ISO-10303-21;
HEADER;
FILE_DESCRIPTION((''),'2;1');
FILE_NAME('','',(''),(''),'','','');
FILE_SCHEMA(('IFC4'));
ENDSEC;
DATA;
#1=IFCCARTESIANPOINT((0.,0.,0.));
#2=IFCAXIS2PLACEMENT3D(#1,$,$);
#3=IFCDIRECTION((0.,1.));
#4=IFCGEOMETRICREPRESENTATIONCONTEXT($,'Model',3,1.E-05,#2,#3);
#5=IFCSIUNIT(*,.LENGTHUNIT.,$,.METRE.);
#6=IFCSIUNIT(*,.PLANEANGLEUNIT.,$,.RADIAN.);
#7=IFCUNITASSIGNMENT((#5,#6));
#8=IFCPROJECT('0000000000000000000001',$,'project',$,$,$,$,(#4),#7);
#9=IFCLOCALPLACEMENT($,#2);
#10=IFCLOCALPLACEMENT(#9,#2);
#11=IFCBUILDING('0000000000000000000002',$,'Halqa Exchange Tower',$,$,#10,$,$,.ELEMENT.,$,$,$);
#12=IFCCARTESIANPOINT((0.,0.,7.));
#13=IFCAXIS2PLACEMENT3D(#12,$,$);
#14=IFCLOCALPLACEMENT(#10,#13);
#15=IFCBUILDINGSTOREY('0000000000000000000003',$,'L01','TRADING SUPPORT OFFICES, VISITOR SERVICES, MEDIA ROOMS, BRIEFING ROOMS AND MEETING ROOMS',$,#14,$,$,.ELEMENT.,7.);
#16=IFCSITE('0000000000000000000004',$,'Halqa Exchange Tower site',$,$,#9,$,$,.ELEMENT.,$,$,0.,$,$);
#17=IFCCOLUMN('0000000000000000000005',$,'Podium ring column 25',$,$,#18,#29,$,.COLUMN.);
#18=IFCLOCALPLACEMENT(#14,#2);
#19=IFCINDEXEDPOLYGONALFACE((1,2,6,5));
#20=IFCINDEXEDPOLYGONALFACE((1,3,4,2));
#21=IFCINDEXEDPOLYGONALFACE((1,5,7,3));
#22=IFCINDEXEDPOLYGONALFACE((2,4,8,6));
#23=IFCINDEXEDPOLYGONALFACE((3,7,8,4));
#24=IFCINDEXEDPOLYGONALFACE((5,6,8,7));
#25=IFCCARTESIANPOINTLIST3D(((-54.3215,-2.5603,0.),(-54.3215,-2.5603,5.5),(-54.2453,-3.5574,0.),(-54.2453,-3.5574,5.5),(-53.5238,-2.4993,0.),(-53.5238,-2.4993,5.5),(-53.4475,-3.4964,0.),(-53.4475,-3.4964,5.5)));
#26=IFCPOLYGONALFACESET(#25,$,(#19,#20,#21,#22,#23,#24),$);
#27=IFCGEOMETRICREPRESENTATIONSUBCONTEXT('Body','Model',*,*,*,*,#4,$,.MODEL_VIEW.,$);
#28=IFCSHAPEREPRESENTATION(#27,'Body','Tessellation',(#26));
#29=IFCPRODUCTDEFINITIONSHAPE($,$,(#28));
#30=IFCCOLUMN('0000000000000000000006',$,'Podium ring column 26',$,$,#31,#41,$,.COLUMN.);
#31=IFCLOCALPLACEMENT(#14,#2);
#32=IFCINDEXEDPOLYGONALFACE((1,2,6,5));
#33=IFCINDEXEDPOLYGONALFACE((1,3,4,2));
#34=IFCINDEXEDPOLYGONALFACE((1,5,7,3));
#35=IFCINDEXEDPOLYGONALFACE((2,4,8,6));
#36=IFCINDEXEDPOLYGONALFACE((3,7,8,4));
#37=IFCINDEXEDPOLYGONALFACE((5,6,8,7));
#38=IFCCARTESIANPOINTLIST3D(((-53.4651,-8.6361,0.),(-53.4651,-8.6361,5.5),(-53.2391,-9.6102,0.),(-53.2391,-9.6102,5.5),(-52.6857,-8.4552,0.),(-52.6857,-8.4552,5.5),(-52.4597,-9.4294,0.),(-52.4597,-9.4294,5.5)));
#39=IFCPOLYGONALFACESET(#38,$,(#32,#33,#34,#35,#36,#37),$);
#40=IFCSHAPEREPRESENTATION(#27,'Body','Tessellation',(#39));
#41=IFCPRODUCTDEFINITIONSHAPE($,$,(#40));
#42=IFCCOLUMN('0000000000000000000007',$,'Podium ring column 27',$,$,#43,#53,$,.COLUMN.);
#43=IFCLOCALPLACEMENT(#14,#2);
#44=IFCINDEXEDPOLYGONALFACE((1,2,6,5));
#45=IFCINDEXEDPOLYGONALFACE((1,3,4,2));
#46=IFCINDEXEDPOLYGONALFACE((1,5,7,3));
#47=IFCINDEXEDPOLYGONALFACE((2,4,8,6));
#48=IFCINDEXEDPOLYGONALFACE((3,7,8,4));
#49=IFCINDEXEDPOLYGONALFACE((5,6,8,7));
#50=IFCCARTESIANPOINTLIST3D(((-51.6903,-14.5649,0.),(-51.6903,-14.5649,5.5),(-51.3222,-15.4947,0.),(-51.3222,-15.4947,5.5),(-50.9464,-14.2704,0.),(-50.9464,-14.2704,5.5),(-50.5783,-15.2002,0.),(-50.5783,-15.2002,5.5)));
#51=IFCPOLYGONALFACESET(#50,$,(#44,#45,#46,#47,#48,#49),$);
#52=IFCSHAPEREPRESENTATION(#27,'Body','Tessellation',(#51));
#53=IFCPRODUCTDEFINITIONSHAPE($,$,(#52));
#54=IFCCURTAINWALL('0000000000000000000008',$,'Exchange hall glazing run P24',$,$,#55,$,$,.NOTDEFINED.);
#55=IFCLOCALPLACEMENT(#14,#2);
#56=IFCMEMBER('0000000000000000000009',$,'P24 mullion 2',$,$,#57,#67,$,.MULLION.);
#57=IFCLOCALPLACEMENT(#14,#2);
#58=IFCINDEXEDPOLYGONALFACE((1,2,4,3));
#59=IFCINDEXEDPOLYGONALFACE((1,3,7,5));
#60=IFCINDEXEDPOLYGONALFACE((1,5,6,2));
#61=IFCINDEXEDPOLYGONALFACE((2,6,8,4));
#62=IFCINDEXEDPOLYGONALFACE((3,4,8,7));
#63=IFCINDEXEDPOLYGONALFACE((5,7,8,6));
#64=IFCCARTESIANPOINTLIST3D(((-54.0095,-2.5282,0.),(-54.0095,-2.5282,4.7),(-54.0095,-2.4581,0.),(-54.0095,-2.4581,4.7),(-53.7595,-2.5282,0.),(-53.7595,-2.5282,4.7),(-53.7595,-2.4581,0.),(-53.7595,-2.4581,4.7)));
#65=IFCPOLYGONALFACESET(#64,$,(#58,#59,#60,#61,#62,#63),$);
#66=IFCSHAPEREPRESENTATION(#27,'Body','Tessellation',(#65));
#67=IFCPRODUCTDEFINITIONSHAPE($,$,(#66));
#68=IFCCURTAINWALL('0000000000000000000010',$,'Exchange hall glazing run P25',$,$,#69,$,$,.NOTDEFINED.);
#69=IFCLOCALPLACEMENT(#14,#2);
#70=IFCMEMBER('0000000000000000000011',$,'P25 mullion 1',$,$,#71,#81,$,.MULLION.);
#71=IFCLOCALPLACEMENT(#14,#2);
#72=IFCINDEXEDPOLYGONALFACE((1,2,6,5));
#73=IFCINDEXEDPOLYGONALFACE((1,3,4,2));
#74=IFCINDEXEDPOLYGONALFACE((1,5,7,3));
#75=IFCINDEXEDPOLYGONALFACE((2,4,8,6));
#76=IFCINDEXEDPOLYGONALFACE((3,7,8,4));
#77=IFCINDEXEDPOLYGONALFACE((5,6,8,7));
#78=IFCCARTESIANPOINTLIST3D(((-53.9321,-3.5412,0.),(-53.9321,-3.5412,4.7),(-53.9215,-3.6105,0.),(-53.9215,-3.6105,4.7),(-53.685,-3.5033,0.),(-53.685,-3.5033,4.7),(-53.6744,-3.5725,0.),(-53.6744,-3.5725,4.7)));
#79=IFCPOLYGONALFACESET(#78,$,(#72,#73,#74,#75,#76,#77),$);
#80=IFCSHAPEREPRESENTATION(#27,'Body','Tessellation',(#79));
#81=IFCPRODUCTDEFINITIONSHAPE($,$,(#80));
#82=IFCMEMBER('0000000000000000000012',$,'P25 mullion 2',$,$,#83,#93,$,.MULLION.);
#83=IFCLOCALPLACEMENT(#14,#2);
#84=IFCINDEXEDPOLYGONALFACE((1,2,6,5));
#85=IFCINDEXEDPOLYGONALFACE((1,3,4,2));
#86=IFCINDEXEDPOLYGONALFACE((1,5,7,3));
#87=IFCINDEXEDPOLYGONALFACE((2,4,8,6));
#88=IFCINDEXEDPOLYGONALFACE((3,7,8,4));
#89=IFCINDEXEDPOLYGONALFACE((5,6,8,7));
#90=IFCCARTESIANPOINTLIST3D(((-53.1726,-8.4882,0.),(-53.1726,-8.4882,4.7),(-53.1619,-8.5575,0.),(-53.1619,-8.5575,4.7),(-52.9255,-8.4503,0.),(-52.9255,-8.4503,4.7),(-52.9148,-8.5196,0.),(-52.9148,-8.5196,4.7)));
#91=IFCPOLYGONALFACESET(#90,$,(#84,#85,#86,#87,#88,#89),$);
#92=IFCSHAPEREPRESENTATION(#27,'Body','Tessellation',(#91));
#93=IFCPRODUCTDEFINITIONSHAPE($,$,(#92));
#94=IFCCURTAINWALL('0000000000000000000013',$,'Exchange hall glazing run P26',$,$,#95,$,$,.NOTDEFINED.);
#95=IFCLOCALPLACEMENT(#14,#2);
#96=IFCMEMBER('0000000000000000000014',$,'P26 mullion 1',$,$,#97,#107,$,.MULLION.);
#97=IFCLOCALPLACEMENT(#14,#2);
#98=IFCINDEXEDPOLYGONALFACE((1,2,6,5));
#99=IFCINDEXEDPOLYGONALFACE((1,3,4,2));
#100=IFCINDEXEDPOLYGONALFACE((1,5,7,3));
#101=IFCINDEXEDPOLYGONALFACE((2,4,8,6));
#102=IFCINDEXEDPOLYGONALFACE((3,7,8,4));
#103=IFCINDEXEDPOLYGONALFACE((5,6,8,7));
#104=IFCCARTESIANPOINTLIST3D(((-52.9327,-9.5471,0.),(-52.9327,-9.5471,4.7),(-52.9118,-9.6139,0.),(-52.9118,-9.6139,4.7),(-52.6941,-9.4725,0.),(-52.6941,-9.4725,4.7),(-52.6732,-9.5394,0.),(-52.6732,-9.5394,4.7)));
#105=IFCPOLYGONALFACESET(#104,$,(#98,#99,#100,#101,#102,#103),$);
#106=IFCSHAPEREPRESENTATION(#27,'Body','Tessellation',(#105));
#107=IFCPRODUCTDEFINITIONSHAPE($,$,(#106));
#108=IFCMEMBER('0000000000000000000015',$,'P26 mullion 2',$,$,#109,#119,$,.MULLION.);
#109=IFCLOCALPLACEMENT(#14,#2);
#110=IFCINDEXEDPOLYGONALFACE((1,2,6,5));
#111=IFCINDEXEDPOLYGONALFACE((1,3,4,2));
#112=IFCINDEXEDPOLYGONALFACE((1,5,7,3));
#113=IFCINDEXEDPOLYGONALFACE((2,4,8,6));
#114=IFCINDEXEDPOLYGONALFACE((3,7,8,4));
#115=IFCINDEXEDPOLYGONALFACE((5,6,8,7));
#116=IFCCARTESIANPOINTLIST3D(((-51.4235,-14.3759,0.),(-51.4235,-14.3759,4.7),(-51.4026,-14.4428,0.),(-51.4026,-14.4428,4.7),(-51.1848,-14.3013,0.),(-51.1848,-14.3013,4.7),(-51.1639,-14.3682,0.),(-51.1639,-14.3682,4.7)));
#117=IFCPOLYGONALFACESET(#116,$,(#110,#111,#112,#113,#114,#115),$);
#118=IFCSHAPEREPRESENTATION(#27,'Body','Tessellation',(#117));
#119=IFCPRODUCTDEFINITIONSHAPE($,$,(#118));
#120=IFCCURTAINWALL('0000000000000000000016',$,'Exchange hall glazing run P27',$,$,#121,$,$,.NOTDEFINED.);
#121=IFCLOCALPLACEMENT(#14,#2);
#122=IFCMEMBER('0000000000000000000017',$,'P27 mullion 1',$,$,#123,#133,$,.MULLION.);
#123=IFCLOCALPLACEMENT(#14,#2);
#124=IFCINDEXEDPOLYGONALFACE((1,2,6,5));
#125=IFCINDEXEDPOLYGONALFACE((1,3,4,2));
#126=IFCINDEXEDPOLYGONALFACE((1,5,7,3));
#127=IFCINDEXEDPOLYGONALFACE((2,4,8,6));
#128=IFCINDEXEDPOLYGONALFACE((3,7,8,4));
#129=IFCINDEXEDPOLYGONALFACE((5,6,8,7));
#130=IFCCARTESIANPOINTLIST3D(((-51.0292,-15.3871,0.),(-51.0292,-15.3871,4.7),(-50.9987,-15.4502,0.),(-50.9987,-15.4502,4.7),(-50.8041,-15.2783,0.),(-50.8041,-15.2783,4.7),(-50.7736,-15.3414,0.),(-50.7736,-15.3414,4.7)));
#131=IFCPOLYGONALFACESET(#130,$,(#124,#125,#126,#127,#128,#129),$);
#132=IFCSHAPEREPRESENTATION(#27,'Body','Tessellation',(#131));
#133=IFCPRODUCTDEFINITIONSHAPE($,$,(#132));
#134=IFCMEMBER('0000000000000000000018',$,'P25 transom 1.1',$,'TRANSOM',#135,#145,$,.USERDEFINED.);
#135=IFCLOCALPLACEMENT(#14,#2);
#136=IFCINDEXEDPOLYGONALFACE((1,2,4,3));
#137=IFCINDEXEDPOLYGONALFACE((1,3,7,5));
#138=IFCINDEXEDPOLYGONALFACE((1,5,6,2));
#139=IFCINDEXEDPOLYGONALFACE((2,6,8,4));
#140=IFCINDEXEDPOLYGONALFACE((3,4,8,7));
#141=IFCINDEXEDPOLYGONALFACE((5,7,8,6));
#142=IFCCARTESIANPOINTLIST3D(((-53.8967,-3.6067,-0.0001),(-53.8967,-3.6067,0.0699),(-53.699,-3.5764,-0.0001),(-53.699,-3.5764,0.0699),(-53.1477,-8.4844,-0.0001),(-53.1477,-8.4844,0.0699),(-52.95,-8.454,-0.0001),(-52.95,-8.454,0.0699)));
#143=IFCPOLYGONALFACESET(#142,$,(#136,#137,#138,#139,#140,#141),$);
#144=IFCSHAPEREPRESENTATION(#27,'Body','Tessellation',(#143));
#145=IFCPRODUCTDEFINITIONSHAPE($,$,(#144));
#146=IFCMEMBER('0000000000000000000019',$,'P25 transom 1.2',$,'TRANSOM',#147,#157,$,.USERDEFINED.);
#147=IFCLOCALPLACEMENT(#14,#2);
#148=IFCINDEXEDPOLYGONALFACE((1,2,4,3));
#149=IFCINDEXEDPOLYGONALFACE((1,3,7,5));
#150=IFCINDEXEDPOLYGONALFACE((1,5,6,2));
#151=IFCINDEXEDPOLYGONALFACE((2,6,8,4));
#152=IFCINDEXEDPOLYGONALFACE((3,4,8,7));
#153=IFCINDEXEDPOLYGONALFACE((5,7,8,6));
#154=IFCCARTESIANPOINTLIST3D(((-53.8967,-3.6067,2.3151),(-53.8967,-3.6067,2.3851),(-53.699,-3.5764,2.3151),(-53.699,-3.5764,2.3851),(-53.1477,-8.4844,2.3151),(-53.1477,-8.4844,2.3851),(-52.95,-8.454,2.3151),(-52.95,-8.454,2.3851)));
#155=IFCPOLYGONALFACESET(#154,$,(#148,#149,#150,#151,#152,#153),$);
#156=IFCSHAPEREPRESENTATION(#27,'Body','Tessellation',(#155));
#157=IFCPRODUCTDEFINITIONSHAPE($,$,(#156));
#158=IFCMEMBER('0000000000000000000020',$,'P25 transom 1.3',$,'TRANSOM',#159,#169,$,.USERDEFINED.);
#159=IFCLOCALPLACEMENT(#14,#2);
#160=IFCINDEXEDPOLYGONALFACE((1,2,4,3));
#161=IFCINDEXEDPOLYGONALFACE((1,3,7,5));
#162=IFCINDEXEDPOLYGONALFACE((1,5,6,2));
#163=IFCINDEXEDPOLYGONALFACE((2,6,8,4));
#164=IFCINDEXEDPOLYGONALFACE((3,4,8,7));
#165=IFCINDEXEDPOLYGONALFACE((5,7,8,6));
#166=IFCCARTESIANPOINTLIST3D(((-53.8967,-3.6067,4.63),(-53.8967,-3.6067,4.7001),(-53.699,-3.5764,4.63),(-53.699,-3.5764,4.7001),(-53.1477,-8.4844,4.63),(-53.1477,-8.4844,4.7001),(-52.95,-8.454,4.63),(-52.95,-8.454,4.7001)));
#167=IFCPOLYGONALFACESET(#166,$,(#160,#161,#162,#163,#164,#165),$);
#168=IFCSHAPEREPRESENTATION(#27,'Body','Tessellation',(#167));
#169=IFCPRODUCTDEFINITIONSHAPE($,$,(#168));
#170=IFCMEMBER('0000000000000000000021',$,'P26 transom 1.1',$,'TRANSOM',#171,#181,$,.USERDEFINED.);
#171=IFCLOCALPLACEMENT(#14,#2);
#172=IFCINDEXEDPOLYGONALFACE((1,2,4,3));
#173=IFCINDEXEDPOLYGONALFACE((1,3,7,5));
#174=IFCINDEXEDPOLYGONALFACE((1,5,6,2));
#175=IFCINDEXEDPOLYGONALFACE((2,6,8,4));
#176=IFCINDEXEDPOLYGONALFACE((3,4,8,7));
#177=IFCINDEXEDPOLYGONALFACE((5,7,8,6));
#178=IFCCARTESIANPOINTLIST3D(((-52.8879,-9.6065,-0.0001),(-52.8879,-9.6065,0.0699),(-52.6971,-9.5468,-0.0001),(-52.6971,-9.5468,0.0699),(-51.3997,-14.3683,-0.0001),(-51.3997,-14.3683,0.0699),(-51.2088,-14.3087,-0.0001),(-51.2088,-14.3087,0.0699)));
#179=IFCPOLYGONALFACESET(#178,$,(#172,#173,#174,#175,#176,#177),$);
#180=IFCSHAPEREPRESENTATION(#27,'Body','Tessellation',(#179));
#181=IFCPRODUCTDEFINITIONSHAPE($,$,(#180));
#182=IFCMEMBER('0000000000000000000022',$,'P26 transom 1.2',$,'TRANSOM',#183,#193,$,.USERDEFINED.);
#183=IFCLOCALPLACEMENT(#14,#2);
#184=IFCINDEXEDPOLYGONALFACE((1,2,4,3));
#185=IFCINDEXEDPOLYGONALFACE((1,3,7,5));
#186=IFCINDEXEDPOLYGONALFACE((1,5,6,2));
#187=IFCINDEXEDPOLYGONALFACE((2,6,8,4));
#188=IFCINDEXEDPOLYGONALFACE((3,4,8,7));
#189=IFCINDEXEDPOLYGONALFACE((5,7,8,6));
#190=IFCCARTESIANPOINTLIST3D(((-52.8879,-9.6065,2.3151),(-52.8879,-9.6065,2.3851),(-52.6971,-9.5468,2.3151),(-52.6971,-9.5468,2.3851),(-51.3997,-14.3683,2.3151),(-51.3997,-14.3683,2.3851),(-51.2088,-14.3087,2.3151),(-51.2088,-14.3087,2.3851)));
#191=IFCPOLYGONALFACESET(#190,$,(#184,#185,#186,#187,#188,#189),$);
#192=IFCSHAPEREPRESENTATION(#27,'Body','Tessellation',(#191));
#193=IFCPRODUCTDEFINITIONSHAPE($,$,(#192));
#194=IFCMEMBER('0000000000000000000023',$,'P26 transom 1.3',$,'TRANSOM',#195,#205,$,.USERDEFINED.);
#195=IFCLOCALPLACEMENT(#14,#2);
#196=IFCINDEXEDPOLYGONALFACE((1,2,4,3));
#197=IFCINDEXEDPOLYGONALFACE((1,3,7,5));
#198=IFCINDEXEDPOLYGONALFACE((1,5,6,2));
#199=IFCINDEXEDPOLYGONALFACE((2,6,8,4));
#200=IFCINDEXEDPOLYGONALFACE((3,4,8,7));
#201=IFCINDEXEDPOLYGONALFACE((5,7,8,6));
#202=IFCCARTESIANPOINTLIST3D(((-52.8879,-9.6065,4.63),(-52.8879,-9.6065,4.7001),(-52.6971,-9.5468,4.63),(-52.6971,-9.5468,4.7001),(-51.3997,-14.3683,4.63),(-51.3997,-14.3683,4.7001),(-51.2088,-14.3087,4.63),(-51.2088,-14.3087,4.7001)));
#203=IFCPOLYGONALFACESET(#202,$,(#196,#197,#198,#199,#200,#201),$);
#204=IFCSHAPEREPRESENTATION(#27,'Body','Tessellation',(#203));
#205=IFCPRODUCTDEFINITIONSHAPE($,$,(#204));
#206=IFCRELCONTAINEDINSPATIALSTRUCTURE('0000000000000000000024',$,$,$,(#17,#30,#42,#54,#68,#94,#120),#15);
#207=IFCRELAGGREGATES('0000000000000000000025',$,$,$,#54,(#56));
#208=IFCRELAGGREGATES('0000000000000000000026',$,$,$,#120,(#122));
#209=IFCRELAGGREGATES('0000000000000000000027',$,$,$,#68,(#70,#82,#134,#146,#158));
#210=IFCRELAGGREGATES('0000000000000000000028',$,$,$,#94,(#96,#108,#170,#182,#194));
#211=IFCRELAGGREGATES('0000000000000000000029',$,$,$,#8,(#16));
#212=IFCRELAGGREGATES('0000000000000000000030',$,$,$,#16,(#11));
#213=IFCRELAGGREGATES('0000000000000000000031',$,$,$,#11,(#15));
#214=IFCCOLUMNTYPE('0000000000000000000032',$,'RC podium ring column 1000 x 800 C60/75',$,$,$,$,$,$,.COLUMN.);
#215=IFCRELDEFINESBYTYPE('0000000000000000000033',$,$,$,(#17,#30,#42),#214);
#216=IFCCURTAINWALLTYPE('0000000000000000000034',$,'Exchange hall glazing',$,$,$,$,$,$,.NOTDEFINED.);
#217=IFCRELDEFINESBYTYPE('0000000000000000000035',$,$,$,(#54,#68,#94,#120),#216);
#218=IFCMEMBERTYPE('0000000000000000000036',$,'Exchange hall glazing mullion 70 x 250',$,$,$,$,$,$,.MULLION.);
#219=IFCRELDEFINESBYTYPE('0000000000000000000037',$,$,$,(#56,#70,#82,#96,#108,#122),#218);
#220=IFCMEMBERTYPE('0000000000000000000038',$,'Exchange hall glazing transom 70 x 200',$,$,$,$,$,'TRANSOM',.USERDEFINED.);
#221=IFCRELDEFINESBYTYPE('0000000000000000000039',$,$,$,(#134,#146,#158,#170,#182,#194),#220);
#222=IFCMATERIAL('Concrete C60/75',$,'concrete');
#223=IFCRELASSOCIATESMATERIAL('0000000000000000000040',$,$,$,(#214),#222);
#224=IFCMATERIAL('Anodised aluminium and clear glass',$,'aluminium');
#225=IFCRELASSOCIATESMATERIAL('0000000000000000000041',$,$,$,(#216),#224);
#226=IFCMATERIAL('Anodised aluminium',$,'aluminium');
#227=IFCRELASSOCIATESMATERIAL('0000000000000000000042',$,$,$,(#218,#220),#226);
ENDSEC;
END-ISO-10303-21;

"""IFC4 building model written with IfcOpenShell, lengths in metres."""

from ifc_helpers import new_model, si_unit, direction, frame, origin, origin_2d, place, context, subcontext, project, spatial, rectangle, extrude, material, material_profile, profile_set, type_object, element, aggregate, save


model = new_model("IFC4")

# Units and contexts
model_context = context("Model", 3, precision=1e-05, world=origin(), true_north=direction((0.0, 1.0)))
body_context = subcontext(model_context, "Body", "Model", "MODEL_VIEW")
ifc_project = project(units=[si_unit("LENGTHUNIT", "METRE"), si_unit("PLANEANGLEUNIT", "RADIAN")], contexts=[model_context])

# Site, building, storey
site_placement = place(None, origin())
site = spatial("IfcSite", under=ifc_project, at=site_placement, Name="Halqa Exchange Tower site", CompositionType="ELEMENT", RefElevation=0.0)
building_placement = place(site_placement, origin())
building = spatial("IfcBuilding", under=site, at=building_placement, Name="Halqa Exchange Tower", CompositionType="ELEMENT")
storey_placement = place(building_placement, frame((0.0, 0.0, 7.0)))
storey = spatial("IfcBuildingStorey", under=building, at=storey_placement, Name="L01", Description="TRADING SUPPORT OFFICES, VISITOR SERVICES, MEDIA ROOMS, BRIEFING ROOMS AND MEETING ROOMS", CompositionType="ELEMENT", Elevation=7.0)

# Columns
ifc_material_1 = material(Name="Concrete C60/75", Category="concrete")
ifc_material_profile_1 = material_profile(ifc_material_1, rectangle(XDim=1.0, YDim=0.8, at=origin_2d()), Name="1000 x 800")
ifc_profile_set_1 = profile_set([ifc_material_profile_1], Name="Concrete C60/75")
column_type = type_object("IfcColumnType", Name="RC podium ring column 1000 x 800 C60/75", PredefinedType="COLUMN", material=ifc_profile_set_1)
for number, where, z_axis, x_axis, name in (
    (1, (-53.8845, -3.0283, 0.0), (0.0, 0.0, 1.0), (0.076223, -0.997091, 0.0), "Podium ring column 25"),
    (2, (-52.9624, -9.0327, 0.0), (0.0, 0.0, 1.0), (0.225997, -0.974128, 0.0), "Podium ring column 26"),
    (3, (-51.1343, -14.8826, 0.0), (0.0, 0.0, 1.0), (0.36811, -0.929782, 0.0), "Podium ring column 27"),
):
    element("IfcColumn", number, at=place(storey_placement, frame(where, z_axis=z_axis, x_axis=x_axis)), inside=storey, type_object=column_type, Name=name, PredefinedType="COLUMN", context=body_context, shape_type="SweptSolid", body=[
        extrude(rectangle(XDim=1.0, YDim=0.8, at=origin_2d()), origin(), (0.0, 0.0, 1.0), 5.5),
    ])

# Curtain wall, member
ifc_material_2 = material(Name="Anodised aluminium and clear glass", Category="aluminium")
curtain_wall_type = type_object("IfcCurtainWallType", Name="Exchange hall glazing", PredefinedType="NOTDEFINED", material=ifc_material_2)
curtain_wall_1_placement = place(storey_placement, origin())
curtain_wall_1 = element("IfcCurtainWall", 4, at=curtain_wall_1_placement, inside=storey, type_object=curtain_wall_type, Name="Exchange hall glazing run P24", PredefinedType="NOTDEFINED")
ifc_material_3 = material(Name="Anodised aluminium", Category="aluminium")
ifc_material_profile_2 = material_profile(ifc_material_3, rectangle(XDim=0.25, YDim=0.0701, at=origin_2d()), Name="AL 70x250")
ifc_profile_set_2 = profile_set([ifc_material_profile_2], Name="Anodised aluminium")
member_type_1 = type_object("IfcMemberType", Name="Exchange hall glazing mullion 70 x 250", PredefinedType="MULLION", material=ifc_profile_set_2)
member_1_placement = place(storey_placement, frame((-53.8845, -2.4932, 0.0), z_axis=(0.0, 0.0, 1.0), x_axis=(1.0, 0.0, 0.0)))
member_1 = element("IfcMember", 5, at=member_1_placement, type_object=member_type_1, Name="P24 mullion 2", PredefinedType="MULLION", context=body_context, shape_type="SweptSolid", body=[
    extrude(rectangle(XDim=0.25, YDim=0.0701, at=origin_2d()), origin(), (0.0, 0.0, 1.0), 4.7),
])
aggregate(curtain_wall_1, [member_1])

# Curtain walls, members
curtain_wall_2_placement = place(storey_placement, origin())
curtain_wall_2 = element("IfcCurtainWall", 6, at=curtain_wall_2_placement, inside=storey, type_object=curtain_wall_type, Name="Exchange hall glazing run P25", PredefinedType="NOTDEFINED")
member_2_placement = place(storey_placement, frame((-53.8032, -3.5569, 0.0), z_axis=(0.0, 0.0, 1.0), x_axis=(0.988416, 0.151767, 0.0)))
member_2 = element("IfcMember", 7, at=member_2_placement, type_object=member_type_1, Name="P25 mullion 1", PredefinedType="MULLION", context=body_context, shape_type="SweptSolid", body=[
    extrude(rectangle(XDim=0.25, YDim=0.0701, at=origin_2d()), origin(), (0.0, 0.0, 1.0), 4.7),
])
member_3_placement = place(storey_placement, frame((-53.0437, -8.5039, 0.0), z_axis=(0.0, 0.0, 1.0), x_axis=(0.988416, 0.151767, 0.0)))
member_3 = element("IfcMember", 8, at=member_3_placement, type_object=member_type_1, Name="P25 mullion 2", PredefinedType="MULLION", context=body_context, shape_type="SweptSolid", body=[
    extrude(rectangle(XDim=0.25, YDim=0.0701, at=origin_2d()), origin(), (0.0, 0.0, 1.0), 4.7),
])
curtain_wall_3_placement = place(storey_placement, origin())
curtain_wall_3 = element("IfcCurtainWall", 9, at=curtain_wall_3_placement, inside=storey, type_object=curtain_wall_type, Name="Exchange hall glazing run P26", PredefinedType="NOTDEFINED")
member_4_placement = place(storey_placement, frame((-52.803, -9.5432, 0.0), z_axis=(0.0, 0.0, 1.0), x_axis=(0.954471, 0.298303, 0.0)))
member_4 = element("IfcMember", 10, at=member_4_placement, type_object=member_type_1, Name="P26 mullion 1", PredefinedType="MULLION", context=body_context, shape_type="SweptSolid", body=[
    extrude(rectangle(XDim=0.25, YDim=0.0701, at=origin_2d()), origin(), (0.0, 0.0, 1.0), 4.7),
])
member_5_placement = place(storey_placement, frame((-51.2937, -14.3721, 0.0), z_axis=(0.0, 0.0, 1.0), x_axis=(0.954471, 0.298303, 0.0)))
member_5 = element("IfcMember", 11, at=member_5_placement, type_object=member_type_1, Name="P26 mullion 2", PredefinedType="MULLION", context=body_context, shape_type="SweptSolid", body=[
    extrude(rectangle(XDim=0.25, YDim=0.0701, at=origin_2d()), origin(), (0.0, 0.0, 1.0), 4.7),
])

# Curtain wall, member
curtain_wall_4_placement = place(storey_placement, origin())
curtain_wall_4 = element("IfcCurtainWall", 12, at=curtain_wall_4_placement, inside=storey, type_object=curtain_wall_type, Name="Exchange hall glazing run P27", PredefinedType="NOTDEFINED")
member_6_placement = place(storey_placement, frame((-50.9014, -15.3643, 0.0), z_axis=(0.0, 0.0, 1.0), x_axis=(0.900435, 0.43499, 0.0)))
member_6 = element("IfcMember", 13, at=member_6_placement, type_object=member_type_1, Name="P27 mullion 1", PredefinedType="MULLION", context=body_context, shape_type="SweptSolid", body=[
    extrude(rectangle(XDim=0.25, YDim=0.0701, at=origin_2d()), origin(), (0.0, 0.0, 1.0), 4.7),
])

# Members
ifc_material_profile_3 = material_profile(ifc_material_3, rectangle(XDim=0.2, YDim=0.0701, at=origin_2d()), Name="AL 70x200")
ifc_profile_set_3 = profile_set([ifc_material_profile_3], Name="Anodised aluminium")
member_type_2 = type_object("IfcMemberType", Name="Exchange hall glazing transom 70 x 200", ElementType="TRANSOM", PredefinedType="USERDEFINED", material=ifc_profile_set_3)
member_7_placement = place(storey_placement, frame((-53.7979, -3.5916, 0.0349), z_axis=(0.151782, -0.988414, 0.0), x_axis=(0.988414, 0.151782, 0.0)))
member_7 = element("IfcMember", 14, at=member_7_placement, type_object=member_type_2, Name="P25 transom 1.1", ObjectType="TRANSOM", PredefinedType="USERDEFINED", context=body_context, shape_type="SweptSolid", body=[
    extrude(rectangle(XDim=0.2, YDim=0.0701, at=origin_2d()), origin(), (0.0, 0.0, 1.0), 4.9348),
])
member_8_placement = place(storey_placement, frame((-53.7979, -3.5916, 2.3501), z_axis=(0.151782, -0.988414, 0.0), x_axis=(0.988414, 0.151782, 0.0)))
member_8 = element("IfcMember", 15, at=member_8_placement, type_object=member_type_2, Name="P25 transom 1.2", ObjectType="TRANSOM", PredefinedType="USERDEFINED", context=body_context, shape_type="SweptSolid", body=[
    extrude(rectangle(XDim=0.2, YDim=0.0701, at=origin_2d()), origin(), (0.0, 0.0, 1.0), 4.9348),
])
member_9_placement = place(storey_placement, frame((-53.7979, -3.5916, 4.665), z_axis=(0.151782, -0.988414, 0.0), x_axis=(0.988414, 0.151782, 0.0)))
member_9 = element("IfcMember", 16, at=member_9_placement, type_object=member_type_2, Name="P25 transom 1.3", ObjectType="TRANSOM", PredefinedType="USERDEFINED", context=body_context, shape_type="SweptSolid", body=[
    extrude(rectangle(XDim=0.2, YDim=0.0701, at=origin_2d()), origin(), (0.0, 0.0, 1.0), 4.9348),
])
member_10_placement = place(storey_placement, frame((-52.7925, -9.5767, 0.0349), z_axis=(0.298306, -0.95447, 0.0), x_axis=(0.95447, 0.298306, 0.0)))
member_10 = element("IfcMember", 17, at=member_10_placement, type_object=member_type_2, Name="P26 transom 1.1", ObjectType="TRANSOM", PredefinedType="USERDEFINED", context=body_context, shape_type="SweptSolid", body=[
    extrude(rectangle(XDim=0.2, YDim=0.0701, at=origin_2d()), origin(), (0.0, 0.0, 1.0), 4.989),
])
member_11_placement = place(storey_placement, frame((-52.7925, -9.5767, 2.3501), z_axis=(0.298306, -0.95447, 0.0), x_axis=(0.95447, 0.298306, 0.0)))
member_11 = element("IfcMember", 18, at=member_11_placement, type_object=member_type_2, Name="P26 transom 1.2", ObjectType="TRANSOM", PredefinedType="USERDEFINED", context=body_context, shape_type="SweptSolid", body=[
    extrude(rectangle(XDim=0.2, YDim=0.0701, at=origin_2d()), origin(), (0.0, 0.0, 1.0), 4.989),
])
member_12_placement = place(storey_placement, frame((-52.7925, -9.5767, 4.665), z_axis=(0.298306, -0.95447, 0.0), x_axis=(0.95447, 0.298306, 0.0)))
member_12 = element("IfcMember", 19, at=member_12_placement, type_object=member_type_2, Name="P26 transom 1.3", ObjectType="TRANSOM", PredefinedType="USERDEFINED", context=body_context, shape_type="SweptSolid", body=[
    extrude(rectangle(XDim=0.2, YDim=0.0701, at=origin_2d()), origin(), (0.0, 0.0, 1.0), 4.989),
])
aggregate(curtain_wall_4, [member_6])

aggregate(curtain_wall_2, [member_2, member_3, member_7, member_8, member_9])
aggregate(curtain_wall_3, [member_4, member_5, member_10, member_11, member_12])

save(model, "model.ifc")
